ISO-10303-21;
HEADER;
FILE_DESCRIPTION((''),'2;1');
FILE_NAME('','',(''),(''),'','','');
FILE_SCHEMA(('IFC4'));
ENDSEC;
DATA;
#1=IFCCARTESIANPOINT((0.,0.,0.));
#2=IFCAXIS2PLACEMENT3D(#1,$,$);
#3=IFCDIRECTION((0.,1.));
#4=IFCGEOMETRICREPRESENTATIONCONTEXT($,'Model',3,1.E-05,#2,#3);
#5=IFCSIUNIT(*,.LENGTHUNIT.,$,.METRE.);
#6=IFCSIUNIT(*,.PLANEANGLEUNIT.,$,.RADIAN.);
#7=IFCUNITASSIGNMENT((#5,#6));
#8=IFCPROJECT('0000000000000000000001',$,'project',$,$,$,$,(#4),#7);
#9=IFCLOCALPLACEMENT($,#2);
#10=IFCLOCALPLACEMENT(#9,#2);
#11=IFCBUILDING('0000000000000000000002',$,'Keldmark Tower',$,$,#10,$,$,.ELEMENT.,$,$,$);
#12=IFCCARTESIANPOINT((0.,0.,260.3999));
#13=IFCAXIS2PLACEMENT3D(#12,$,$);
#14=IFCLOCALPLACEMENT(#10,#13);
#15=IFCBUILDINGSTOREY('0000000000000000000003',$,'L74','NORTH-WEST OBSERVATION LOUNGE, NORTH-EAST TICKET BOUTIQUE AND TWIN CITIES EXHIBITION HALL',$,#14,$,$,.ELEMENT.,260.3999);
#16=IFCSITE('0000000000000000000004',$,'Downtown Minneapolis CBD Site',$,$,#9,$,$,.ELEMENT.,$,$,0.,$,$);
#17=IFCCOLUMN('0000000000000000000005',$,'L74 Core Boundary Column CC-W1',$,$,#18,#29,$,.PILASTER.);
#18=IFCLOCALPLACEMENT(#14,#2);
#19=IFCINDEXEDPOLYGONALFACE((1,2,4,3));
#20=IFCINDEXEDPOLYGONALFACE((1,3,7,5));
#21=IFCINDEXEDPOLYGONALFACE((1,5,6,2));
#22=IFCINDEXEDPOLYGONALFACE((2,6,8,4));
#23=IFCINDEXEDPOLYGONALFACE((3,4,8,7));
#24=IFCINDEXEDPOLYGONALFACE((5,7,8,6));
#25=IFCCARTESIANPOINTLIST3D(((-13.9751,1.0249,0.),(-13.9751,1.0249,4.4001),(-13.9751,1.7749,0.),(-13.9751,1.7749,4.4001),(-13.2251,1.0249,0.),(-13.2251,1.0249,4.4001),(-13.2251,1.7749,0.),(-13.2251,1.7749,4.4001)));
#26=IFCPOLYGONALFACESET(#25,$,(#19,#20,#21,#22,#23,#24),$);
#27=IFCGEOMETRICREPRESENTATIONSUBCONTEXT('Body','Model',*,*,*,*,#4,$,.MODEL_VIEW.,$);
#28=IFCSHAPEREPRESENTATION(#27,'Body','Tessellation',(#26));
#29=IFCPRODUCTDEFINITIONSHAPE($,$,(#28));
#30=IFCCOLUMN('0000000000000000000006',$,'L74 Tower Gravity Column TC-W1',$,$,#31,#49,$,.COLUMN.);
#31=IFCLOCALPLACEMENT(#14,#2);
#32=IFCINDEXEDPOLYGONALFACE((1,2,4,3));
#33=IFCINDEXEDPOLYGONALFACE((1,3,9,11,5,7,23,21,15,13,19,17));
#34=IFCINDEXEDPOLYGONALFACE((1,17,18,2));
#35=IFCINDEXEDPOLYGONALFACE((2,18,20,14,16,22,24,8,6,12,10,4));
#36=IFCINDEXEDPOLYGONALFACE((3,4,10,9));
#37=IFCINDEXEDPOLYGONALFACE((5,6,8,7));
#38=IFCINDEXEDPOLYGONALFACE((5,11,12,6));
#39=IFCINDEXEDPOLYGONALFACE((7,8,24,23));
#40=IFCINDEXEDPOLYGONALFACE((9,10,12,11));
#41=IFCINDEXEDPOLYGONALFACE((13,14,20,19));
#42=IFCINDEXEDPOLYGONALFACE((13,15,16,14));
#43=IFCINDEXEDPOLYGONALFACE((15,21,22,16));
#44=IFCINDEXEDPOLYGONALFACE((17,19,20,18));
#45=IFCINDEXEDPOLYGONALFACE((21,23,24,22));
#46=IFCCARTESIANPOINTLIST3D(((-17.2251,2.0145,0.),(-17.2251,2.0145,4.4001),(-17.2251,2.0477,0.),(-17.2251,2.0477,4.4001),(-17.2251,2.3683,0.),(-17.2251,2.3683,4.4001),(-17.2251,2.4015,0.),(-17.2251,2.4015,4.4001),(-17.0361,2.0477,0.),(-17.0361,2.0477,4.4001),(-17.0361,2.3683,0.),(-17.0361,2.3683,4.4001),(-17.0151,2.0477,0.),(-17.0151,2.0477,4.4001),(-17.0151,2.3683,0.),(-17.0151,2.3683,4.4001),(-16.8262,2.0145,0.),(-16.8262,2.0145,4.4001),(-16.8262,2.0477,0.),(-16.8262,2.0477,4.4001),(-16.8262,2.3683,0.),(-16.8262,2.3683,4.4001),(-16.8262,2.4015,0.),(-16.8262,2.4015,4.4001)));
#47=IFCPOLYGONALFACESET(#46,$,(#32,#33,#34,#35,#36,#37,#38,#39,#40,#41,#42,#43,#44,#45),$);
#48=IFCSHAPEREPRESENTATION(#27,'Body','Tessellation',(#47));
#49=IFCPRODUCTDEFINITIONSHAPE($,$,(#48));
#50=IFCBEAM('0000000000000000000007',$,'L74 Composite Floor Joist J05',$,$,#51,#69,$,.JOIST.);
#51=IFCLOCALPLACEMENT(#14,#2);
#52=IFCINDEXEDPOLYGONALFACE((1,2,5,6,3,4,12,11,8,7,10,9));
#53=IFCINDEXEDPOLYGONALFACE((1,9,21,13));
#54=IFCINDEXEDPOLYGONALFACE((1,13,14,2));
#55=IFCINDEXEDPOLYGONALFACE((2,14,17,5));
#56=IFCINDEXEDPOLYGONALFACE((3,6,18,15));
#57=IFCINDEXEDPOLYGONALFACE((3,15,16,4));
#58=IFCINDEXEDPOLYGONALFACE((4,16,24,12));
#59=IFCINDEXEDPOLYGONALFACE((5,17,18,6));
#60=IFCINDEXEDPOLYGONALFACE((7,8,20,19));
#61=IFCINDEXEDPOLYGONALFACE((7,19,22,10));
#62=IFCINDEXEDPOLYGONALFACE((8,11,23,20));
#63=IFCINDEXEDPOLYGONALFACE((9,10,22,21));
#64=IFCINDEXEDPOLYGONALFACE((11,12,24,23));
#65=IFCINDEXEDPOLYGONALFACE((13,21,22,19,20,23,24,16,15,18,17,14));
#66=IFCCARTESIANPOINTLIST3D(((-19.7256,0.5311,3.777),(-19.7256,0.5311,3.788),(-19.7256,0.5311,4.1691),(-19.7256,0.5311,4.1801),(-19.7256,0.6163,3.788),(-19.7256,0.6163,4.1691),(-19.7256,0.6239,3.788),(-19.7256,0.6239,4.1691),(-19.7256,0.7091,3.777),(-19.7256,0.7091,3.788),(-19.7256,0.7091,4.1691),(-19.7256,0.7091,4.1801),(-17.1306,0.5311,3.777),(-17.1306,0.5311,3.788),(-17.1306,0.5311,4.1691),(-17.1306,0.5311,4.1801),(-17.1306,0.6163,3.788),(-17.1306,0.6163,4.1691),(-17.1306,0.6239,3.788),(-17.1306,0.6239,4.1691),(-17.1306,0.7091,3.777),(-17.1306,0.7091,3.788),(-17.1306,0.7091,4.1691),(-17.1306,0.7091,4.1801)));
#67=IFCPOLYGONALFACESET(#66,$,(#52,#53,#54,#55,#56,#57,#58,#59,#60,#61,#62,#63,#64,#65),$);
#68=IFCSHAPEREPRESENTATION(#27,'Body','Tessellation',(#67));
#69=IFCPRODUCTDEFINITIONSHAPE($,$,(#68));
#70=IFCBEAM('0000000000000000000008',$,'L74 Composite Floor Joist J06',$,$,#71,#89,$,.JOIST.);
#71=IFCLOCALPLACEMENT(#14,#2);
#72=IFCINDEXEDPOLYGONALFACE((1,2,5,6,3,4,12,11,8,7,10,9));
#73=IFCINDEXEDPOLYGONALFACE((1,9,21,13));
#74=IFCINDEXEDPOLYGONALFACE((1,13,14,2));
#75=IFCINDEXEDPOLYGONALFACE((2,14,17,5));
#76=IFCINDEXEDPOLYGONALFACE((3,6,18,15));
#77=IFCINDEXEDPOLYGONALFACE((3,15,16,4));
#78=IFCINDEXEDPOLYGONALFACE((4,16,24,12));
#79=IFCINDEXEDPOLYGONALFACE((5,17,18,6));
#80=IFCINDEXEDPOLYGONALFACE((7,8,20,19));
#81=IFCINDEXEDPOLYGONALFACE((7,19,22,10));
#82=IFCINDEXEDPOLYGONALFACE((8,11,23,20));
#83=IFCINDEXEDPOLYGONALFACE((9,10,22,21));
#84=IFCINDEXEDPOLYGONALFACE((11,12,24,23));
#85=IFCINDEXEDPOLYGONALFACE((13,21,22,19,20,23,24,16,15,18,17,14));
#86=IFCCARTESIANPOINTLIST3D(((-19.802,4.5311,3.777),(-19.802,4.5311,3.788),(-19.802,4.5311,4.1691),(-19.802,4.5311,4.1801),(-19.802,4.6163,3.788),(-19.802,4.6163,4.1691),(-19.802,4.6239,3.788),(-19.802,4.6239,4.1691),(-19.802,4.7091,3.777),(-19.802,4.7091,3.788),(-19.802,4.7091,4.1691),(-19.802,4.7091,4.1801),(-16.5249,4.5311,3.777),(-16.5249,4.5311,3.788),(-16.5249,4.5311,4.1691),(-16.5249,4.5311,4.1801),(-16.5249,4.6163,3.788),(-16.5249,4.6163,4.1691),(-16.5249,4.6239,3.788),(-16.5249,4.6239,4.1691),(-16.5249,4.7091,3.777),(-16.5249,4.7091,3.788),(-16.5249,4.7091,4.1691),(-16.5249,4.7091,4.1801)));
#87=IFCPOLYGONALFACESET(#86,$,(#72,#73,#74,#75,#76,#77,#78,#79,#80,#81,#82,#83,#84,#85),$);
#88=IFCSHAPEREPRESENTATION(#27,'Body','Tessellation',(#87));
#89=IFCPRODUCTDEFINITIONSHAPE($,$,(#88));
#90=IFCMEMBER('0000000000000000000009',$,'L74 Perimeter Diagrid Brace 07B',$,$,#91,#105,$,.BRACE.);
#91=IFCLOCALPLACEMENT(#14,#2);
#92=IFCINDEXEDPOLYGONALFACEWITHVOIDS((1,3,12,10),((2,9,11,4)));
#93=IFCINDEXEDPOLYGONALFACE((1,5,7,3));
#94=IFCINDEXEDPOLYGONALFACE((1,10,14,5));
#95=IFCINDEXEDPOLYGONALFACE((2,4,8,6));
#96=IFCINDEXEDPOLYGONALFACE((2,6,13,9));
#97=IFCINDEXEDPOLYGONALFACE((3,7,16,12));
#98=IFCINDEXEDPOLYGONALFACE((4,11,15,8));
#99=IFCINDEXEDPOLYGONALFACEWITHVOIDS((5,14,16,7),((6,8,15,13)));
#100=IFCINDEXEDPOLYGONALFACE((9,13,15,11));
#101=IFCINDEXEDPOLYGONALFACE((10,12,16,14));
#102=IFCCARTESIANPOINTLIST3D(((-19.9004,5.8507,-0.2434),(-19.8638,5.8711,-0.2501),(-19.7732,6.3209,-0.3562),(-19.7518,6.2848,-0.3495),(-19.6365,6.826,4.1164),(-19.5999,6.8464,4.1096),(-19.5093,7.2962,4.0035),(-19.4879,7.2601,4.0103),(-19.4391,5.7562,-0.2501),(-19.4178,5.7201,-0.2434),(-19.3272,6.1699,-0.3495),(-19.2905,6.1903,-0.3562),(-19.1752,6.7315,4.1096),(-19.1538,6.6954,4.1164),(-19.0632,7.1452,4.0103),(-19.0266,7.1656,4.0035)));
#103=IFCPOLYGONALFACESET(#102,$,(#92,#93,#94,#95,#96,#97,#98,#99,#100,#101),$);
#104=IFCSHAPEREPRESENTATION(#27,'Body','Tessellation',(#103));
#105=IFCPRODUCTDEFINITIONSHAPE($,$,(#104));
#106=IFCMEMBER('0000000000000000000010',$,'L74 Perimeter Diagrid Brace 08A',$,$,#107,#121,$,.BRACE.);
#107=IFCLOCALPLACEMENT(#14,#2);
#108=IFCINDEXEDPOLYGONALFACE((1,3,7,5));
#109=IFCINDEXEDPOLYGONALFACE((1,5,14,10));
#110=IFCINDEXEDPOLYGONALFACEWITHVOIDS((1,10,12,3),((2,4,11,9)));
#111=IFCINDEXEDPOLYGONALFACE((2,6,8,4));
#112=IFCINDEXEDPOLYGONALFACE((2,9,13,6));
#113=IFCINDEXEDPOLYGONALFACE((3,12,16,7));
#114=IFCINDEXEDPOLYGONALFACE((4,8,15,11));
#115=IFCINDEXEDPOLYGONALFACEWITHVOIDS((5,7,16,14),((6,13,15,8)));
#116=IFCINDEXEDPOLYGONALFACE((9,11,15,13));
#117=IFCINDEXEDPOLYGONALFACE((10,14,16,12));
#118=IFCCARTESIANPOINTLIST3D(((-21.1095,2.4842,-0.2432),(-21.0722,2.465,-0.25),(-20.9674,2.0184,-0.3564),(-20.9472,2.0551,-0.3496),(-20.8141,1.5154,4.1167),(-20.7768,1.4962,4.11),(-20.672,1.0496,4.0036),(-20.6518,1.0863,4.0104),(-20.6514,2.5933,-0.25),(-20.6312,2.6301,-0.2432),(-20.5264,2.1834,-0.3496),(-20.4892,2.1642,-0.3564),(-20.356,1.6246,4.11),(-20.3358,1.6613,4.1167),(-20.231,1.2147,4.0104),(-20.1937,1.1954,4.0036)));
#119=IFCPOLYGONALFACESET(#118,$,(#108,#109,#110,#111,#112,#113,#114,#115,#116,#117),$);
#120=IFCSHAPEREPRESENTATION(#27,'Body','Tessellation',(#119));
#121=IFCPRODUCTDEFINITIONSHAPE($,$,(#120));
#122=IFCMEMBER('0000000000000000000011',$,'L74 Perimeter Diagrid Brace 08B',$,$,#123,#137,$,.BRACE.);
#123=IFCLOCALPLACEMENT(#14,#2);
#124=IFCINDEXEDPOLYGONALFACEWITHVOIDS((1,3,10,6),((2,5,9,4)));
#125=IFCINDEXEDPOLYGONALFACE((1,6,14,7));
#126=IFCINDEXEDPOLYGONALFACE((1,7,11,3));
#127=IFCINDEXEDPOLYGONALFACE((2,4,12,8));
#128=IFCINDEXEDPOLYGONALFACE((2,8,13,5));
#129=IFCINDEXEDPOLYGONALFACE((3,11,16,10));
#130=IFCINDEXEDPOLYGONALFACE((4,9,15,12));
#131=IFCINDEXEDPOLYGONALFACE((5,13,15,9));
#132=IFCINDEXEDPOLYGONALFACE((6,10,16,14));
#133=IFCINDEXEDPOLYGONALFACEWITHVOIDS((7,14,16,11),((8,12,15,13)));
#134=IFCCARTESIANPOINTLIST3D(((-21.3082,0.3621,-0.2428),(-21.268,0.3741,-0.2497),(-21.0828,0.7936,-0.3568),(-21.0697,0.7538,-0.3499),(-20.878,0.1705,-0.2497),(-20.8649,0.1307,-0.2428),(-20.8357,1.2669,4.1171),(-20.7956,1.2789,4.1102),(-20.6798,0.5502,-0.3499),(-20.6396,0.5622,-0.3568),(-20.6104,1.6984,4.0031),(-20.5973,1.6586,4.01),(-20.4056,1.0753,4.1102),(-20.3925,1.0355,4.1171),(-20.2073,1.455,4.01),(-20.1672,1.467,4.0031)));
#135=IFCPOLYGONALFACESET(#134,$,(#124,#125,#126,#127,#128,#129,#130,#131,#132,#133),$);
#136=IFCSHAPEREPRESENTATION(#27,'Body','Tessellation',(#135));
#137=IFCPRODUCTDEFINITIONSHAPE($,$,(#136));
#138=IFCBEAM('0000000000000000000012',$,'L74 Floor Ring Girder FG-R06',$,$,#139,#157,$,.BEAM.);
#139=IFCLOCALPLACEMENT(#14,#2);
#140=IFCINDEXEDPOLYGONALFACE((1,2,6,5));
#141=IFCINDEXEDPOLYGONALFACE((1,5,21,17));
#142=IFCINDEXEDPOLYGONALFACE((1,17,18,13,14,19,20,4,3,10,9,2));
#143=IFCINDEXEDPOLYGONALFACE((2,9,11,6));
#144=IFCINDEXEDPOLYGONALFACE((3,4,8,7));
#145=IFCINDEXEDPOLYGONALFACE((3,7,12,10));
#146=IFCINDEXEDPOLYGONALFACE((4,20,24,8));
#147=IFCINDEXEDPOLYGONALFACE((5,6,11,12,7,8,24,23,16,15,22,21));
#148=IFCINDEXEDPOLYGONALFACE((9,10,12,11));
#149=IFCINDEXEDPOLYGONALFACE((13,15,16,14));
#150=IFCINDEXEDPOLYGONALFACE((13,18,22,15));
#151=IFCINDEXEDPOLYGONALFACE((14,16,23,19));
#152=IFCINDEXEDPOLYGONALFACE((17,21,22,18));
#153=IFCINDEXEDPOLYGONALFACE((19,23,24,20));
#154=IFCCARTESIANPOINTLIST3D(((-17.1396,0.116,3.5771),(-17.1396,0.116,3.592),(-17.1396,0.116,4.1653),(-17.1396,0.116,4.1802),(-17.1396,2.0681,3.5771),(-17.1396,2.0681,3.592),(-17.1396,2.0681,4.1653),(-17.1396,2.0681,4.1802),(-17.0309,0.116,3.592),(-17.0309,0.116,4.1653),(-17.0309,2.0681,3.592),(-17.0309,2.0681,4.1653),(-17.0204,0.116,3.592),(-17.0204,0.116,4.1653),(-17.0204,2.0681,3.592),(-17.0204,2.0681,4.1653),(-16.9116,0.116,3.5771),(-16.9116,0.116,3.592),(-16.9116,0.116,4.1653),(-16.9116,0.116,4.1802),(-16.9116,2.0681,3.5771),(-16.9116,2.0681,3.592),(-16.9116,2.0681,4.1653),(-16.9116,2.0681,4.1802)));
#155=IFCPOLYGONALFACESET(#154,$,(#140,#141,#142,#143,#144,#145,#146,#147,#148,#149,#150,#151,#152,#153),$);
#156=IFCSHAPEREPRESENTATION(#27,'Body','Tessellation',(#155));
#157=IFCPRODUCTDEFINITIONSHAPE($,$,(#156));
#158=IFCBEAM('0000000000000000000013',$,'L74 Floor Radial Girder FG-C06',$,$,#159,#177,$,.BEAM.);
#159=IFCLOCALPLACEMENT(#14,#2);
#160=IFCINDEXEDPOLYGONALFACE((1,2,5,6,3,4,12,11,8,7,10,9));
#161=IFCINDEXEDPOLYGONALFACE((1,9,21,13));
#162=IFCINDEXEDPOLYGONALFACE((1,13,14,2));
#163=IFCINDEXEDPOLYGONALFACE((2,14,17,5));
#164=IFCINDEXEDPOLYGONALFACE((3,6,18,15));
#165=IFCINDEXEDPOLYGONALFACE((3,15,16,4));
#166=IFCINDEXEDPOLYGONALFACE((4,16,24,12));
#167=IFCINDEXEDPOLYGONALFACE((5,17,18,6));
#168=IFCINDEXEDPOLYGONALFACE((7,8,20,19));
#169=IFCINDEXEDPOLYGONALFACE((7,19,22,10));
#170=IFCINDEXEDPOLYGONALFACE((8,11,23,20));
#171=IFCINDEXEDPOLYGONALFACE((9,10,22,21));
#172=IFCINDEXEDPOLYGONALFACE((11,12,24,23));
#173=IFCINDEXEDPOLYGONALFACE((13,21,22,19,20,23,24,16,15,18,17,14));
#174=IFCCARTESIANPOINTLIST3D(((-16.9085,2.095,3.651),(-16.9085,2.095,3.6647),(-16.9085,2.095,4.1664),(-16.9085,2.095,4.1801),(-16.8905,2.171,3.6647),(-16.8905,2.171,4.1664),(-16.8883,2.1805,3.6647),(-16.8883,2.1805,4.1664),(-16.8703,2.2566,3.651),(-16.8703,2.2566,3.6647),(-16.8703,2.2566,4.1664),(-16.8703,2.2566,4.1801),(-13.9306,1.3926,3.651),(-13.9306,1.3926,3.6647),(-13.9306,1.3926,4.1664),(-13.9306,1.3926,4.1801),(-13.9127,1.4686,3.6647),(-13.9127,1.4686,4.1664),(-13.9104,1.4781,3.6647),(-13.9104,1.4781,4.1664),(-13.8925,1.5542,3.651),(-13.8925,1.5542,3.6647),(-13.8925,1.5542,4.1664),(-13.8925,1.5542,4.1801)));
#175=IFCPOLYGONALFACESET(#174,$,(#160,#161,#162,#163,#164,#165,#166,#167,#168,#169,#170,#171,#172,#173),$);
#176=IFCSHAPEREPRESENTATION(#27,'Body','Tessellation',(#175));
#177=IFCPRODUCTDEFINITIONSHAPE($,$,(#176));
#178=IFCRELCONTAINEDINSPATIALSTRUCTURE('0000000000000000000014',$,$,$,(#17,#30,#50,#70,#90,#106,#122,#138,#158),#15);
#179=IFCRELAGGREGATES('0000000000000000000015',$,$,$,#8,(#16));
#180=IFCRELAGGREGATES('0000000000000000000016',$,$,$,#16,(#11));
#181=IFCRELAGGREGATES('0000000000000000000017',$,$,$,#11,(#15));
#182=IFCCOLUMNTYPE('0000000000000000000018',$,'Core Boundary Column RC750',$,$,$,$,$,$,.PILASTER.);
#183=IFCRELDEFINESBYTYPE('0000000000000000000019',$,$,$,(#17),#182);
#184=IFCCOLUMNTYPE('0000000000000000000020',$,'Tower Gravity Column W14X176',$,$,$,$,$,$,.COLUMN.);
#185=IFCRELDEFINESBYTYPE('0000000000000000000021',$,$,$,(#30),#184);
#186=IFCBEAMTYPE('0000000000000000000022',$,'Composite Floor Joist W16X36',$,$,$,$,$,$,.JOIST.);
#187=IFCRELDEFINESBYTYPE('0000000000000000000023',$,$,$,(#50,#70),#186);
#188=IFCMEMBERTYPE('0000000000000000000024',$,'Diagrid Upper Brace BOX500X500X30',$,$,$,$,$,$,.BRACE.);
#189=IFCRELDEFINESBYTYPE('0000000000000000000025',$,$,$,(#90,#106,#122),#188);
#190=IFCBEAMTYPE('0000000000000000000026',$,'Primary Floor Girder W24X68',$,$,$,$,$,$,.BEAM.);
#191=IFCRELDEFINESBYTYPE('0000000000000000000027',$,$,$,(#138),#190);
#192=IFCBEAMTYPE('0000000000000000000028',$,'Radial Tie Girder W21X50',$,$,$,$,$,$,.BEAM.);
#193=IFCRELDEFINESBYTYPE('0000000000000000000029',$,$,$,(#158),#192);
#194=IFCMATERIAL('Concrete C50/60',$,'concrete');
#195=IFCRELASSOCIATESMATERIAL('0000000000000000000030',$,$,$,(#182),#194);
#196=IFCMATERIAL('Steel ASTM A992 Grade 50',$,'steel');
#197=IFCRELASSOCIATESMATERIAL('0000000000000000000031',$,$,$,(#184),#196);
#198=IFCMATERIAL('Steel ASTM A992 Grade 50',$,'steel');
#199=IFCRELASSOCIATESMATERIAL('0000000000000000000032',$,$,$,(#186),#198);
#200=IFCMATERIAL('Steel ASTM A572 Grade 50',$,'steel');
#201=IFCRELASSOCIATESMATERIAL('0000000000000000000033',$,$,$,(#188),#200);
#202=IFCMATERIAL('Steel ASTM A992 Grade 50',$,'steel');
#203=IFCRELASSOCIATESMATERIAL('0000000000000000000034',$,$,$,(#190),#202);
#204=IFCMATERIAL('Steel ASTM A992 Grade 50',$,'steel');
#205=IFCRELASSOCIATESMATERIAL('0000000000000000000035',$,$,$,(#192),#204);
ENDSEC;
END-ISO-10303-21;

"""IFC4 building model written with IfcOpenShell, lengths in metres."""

from ifc_helpers import new_model, si_unit, direction, frame, origin, origin_2d, place, context, subcontext, project, spatial, rectangle, hollow_rectangle, i_section, extrude, material, material_profile, profile_set, type_object, element, save


model = new_model("IFC4")

# Units and contexts
model_context = context("Model", 3, precision=1e-05, world=origin(), true_north=direction((0.0, 1.0)))
body_context = subcontext(model_context, "Body", "Model", "MODEL_VIEW")
ifc_project = project(units=[si_unit("LENGTHUNIT", "METRE"), si_unit("PLANEANGLEUNIT", "RADIAN")], contexts=[model_context])

# Site, building, storey
site_placement = place(None, origin())
site = spatial("IfcSite", under=ifc_project, at=site_placement, Name="Downtown Minneapolis CBD Site", CompositionType="ELEMENT", RefElevation=0.0)
building_placement = place(site_placement, origin())
building = spatial("IfcBuilding", under=site, at=building_placement, Name="Keldmark Tower", CompositionType="ELEMENT")
storey_placement = place(building_placement, frame((0.0, 0.0, 260.3999)))
storey = spatial("IfcBuildingStorey", under=building, at=storey_placement, Name="L74", Description="NORTH-WEST OBSERVATION LOUNGE, NORTH-EAST TICKET BOUTIQUE AND TWIN CITIES EXHIBITION HALL", CompositionType="ELEMENT", Elevation=260.3999)

# Columns
ifc_material_1 = material(Name="Concrete C50/60", Category="concrete")
ifc_material_profile_1 = material_profile(ifc_material_1, rectangle(XDim=0.75, YDim=0.75, at=origin_2d()), Name="RC750X750")
ifc_profile_set_1 = profile_set([ifc_material_profile_1], Name="Concrete C50/60")
column_type_1 = type_object("IfcColumnType", Name="Core Boundary Column RC750", PredefinedType="PILASTER", material=ifc_profile_set_1)
column_1_placement = place(storey_placement, frame((-13.6001, 1.3999, 0.0), z_axis=(0.0, 0.0, 1.0), x_axis=(1.0, 0.0, 0.0)))
element("IfcColumn", 1, at=column_1_placement, inside=storey, type_object=column_type_1, Name="L74 Core Boundary Column CC-W1", PredefinedType="PILASTER", context=body_context, shape_type="SweptSolid", body=[
    extrude(rectangle(XDim=0.75, YDim=0.75, at=origin_2d()), origin(), (0.0, 0.0, 1.0), 4.4001),
])
ifc_material_2 = material(Name="Steel ASTM A992 Grade 50", Category="steel")
ifc_material_profile_2 = material_profile(ifc_material_2, i_section(OverallWidth=0.3989, OverallDepth=0.387, WebThickness=0.021, FlangeThickness=0.0332, at=origin_2d()), Name="W14X176")
ifc_profile_set_2 = profile_set([ifc_material_profile_2], Name="Steel ASTM A992 Grade 50")
column_type_2 = type_object("IfcColumnType", Name="Tower Gravity Column W14X176", PredefinedType="COLUMN", material=ifc_profile_set_2)
column_2_placement = place(storey_placement, frame((-17.0256, 2.208, 0.0), z_axis=(0.0, 0.0, 1.0), x_axis=(1.0, 0.0, 0.0)))
element("IfcColumn", 2, at=column_2_placement, inside=storey, type_object=column_type_2, Name="L74 Tower Gravity Column TC-W1", PredefinedType="COLUMN", context=body_context, shape_type="SweptSolid", body=[
    extrude(i_section(OverallWidth=0.3989, OverallDepth=0.387, WebThickness=0.021, FlangeThickness=0.0332, at=origin_2d()), origin(), (0.0, 0.0, 1.0), 4.4001),
])

# Beams
ifc_material_3 = material(Name="Steel ASTM A992 Grade 50", Category="steel")
ifc_material_profile_3 = material_profile(ifc_material_3, i_section(OverallWidth=0.178, OverallDepth=0.4031, WebThickness=0.0076, FlangeThickness=0.011, at=origin_2d()), Name="W16X36")
ifc_profile_set_3 = profile_set([ifc_material_profile_3], Name="Steel ASTM A992 Grade 50")
beam_type_1 = type_object("IfcBeamType", Name="Composite Floor Joist W16X36", PredefinedType="JOIST", material=ifc_profile_set_3)
beam_1_placement = place(storey_placement, frame((-19.7256, 0.6201, 3.9785), z_axis=(1.0, 0.0, 0.0), x_axis=(0.0, 1.0, 0.0)))
element("IfcBeam", 3, at=beam_1_placement, inside=storey, type_object=beam_type_1, Name="L74 Composite Floor Joist J05", PredefinedType="JOIST", context=body_context, shape_type="SweptSolid", body=[
    extrude(i_section(OverallWidth=0.178, OverallDepth=0.4031, WebThickness=0.0076, FlangeThickness=0.011, at=origin_2d()), origin(), (0.0, 0.0, 1.0), 2.595),
])
beam_2_placement = place(storey_placement, frame((-19.802, 4.6201, 3.9785), z_axis=(1.0, 0.0, 0.0), x_axis=(0.0, 1.0, 0.0)))
element("IfcBeam", 4, at=beam_2_placement, inside=storey, type_object=beam_type_1, Name="L74 Composite Floor Joist J06", PredefinedType="JOIST", context=body_context, shape_type="SweptSolid", body=[
    extrude(i_section(OverallWidth=0.178, OverallDepth=0.4031, WebThickness=0.0076, FlangeThickness=0.011, at=origin_2d()), origin(), (0.0, 0.0, 1.0), 3.2771),
])

# Members
ifc_material_4 = material(Name="Steel ASTM A572 Grade 50", Category="steel")
ifc_material_profile_4 = material_profile(ifc_material_4, hollow_rectangle(XDim=0.5, YDim=0.5, WallThickness=0.03, at=origin_2d()), Name="BOX500X500X30")
ifc_profile_set_4 = profile_set([ifc_material_profile_4], Name="Steel ASTM A572 Grade 50")
member_type = type_object("IfcMemberType", Name="Diagrid Upper Brace BOX500X500X30", PredefinedType="BRACE", material=ifc_profile_set_4)
member_1_placement = place(storey_placement, frame((-19.5955, 6.0205, -0.2998), z_axis=(0.05897, 0.217933, 0.97418), x_axis=(-0.965286, 0.261195, 0.0)))
element("IfcMember", 5, at=member_1_placement, inside=storey, type_object=member_type, Name="L74 Perimeter Diagrid Brace 07B", PredefinedType="BRACE", context=body_context, shape_type="SweptSolid", body=[
    extrude(hollow_rectangle(XDim=0.5, YDim=0.5, WallThickness=0.03, at=origin_2d()), origin(), (0.0, 0.0, 1.0), 4.4753),
])
member_2_placement = place(storey_placement, frame((-20.7993, 2.3242, -0.2998), z_axis=(0.065999, -0.216434, 0.974064), x_axis=(0.956516, 0.29168, 0.0)))
element("IfcMember", 6, at=member_2_placement, inside=storey, type_object=member_type, Name="L74 Perimeter Diagrid Brace 08A", PredefinedType="BRACE", context=body_context, shape_type="SweptSolid", body=[
    extrude(hollow_rectangle(XDim=0.5, YDim=0.5, WallThickness=0.03, at=origin_2d()), origin(), (0.0, 0.0, 1.0), 4.4761),
])
member_3_placement = place(storey_placement, frame((-20.9739, 0.4622, -0.2998), z_axis=(0.105502, 0.202063, 0.973673), x_axis=(-0.886444, 0.462836, 0.0)))
element("IfcMember", 7, at=member_3_placement, inside=storey, type_object=member_type, Name="L74 Perimeter Diagrid Brace 08B", PredefinedType="BRACE", context=body_context, shape_type="SweptSolid", body=[
    extrude(hollow_rectangle(XDim=0.5, YDim=0.5, WallThickness=0.03, at=origin_2d()), origin(), (0.0, 0.0, 1.0), 4.4778),
])

# Beams
ifc_material_5 = material(Name="Steel ASTM A992 Grade 50", Category="steel")
ifc_material_profile_5 = material_profile(ifc_material_5, i_section(OverallWidth=0.228, OverallDepth=0.603, WebThickness=0.0105, FlangeThickness=0.0149, at=origin_2d()), Name="W24X68")
ifc_profile_set_5 = profile_set([ifc_material_profile_5], Name="Steel ASTM A992 Grade 50")
beam_type_2 = type_object("IfcBeamType", Name="Primary Floor Girder W24X68", PredefinedType="BEAM", material=ifc_profile_set_5)
beam_3_placement = place(storey_placement, frame((-17.0256, 2.0681, 3.8787), z_axis=(0.0, -1.0, 0.0), x_axis=(1.0, 0.0, 0.0)))
element("IfcBeam", 8, at=beam_3_placement, inside=storey, type_object=beam_type_2, Name="L74 Floor Ring Girder FG-R06", PredefinedType="BEAM", context=body_context, shape_type="SweptSolid", body=[
    extrude(i_section(OverallWidth=0.228, OverallDepth=0.603, WebThickness=0.0105, FlangeThickness=0.0149, at=origin_2d()), origin(), (0.0, 0.0, 1.0), 1.9521),
])
ifc_material_6 = material(Name="Steel ASTM A992 Grade 50", Category="steel")
ifc_material_profile_6 = material_profile(ifc_material_6, i_section(OverallWidth=0.166, OverallDepth=0.5291, WebThickness=0.0098, FlangeThickness=0.0137, at=origin_2d()), Name="W21X50")
ifc_profile_set_6 = profile_set([ifc_material_profile_6], Name="Steel ASTM A992 Grade 50")
beam_type_3 = type_object("IfcBeamType", Name="Radial Tie Girder W21X50", PredefinedType="BEAM", material=ifc_profile_set_6)
beam_4_placement = place(storey_placement, frame((-16.8894, 2.1758, 3.9155), z_axis=(0.97329, -0.229577, 0.0), x_axis=(0.229577, 0.97329, 0.0)))
element("IfcBeam", 9, at=beam_4_placement, inside=storey, type_object=beam_type_3, Name="L74 Floor Radial Girder FG-C06", PredefinedType="BEAM", context=body_context, shape_type="SweptSolid", body=[
    extrude(i_section(OverallWidth=0.166, OverallDepth=0.5291, WebThickness=0.0098, FlangeThickness=0.0137, at=origin_2d()), origin(), (0.0, 0.0, 1.0), 3.0596),
])

save(model, "model.ifc")
